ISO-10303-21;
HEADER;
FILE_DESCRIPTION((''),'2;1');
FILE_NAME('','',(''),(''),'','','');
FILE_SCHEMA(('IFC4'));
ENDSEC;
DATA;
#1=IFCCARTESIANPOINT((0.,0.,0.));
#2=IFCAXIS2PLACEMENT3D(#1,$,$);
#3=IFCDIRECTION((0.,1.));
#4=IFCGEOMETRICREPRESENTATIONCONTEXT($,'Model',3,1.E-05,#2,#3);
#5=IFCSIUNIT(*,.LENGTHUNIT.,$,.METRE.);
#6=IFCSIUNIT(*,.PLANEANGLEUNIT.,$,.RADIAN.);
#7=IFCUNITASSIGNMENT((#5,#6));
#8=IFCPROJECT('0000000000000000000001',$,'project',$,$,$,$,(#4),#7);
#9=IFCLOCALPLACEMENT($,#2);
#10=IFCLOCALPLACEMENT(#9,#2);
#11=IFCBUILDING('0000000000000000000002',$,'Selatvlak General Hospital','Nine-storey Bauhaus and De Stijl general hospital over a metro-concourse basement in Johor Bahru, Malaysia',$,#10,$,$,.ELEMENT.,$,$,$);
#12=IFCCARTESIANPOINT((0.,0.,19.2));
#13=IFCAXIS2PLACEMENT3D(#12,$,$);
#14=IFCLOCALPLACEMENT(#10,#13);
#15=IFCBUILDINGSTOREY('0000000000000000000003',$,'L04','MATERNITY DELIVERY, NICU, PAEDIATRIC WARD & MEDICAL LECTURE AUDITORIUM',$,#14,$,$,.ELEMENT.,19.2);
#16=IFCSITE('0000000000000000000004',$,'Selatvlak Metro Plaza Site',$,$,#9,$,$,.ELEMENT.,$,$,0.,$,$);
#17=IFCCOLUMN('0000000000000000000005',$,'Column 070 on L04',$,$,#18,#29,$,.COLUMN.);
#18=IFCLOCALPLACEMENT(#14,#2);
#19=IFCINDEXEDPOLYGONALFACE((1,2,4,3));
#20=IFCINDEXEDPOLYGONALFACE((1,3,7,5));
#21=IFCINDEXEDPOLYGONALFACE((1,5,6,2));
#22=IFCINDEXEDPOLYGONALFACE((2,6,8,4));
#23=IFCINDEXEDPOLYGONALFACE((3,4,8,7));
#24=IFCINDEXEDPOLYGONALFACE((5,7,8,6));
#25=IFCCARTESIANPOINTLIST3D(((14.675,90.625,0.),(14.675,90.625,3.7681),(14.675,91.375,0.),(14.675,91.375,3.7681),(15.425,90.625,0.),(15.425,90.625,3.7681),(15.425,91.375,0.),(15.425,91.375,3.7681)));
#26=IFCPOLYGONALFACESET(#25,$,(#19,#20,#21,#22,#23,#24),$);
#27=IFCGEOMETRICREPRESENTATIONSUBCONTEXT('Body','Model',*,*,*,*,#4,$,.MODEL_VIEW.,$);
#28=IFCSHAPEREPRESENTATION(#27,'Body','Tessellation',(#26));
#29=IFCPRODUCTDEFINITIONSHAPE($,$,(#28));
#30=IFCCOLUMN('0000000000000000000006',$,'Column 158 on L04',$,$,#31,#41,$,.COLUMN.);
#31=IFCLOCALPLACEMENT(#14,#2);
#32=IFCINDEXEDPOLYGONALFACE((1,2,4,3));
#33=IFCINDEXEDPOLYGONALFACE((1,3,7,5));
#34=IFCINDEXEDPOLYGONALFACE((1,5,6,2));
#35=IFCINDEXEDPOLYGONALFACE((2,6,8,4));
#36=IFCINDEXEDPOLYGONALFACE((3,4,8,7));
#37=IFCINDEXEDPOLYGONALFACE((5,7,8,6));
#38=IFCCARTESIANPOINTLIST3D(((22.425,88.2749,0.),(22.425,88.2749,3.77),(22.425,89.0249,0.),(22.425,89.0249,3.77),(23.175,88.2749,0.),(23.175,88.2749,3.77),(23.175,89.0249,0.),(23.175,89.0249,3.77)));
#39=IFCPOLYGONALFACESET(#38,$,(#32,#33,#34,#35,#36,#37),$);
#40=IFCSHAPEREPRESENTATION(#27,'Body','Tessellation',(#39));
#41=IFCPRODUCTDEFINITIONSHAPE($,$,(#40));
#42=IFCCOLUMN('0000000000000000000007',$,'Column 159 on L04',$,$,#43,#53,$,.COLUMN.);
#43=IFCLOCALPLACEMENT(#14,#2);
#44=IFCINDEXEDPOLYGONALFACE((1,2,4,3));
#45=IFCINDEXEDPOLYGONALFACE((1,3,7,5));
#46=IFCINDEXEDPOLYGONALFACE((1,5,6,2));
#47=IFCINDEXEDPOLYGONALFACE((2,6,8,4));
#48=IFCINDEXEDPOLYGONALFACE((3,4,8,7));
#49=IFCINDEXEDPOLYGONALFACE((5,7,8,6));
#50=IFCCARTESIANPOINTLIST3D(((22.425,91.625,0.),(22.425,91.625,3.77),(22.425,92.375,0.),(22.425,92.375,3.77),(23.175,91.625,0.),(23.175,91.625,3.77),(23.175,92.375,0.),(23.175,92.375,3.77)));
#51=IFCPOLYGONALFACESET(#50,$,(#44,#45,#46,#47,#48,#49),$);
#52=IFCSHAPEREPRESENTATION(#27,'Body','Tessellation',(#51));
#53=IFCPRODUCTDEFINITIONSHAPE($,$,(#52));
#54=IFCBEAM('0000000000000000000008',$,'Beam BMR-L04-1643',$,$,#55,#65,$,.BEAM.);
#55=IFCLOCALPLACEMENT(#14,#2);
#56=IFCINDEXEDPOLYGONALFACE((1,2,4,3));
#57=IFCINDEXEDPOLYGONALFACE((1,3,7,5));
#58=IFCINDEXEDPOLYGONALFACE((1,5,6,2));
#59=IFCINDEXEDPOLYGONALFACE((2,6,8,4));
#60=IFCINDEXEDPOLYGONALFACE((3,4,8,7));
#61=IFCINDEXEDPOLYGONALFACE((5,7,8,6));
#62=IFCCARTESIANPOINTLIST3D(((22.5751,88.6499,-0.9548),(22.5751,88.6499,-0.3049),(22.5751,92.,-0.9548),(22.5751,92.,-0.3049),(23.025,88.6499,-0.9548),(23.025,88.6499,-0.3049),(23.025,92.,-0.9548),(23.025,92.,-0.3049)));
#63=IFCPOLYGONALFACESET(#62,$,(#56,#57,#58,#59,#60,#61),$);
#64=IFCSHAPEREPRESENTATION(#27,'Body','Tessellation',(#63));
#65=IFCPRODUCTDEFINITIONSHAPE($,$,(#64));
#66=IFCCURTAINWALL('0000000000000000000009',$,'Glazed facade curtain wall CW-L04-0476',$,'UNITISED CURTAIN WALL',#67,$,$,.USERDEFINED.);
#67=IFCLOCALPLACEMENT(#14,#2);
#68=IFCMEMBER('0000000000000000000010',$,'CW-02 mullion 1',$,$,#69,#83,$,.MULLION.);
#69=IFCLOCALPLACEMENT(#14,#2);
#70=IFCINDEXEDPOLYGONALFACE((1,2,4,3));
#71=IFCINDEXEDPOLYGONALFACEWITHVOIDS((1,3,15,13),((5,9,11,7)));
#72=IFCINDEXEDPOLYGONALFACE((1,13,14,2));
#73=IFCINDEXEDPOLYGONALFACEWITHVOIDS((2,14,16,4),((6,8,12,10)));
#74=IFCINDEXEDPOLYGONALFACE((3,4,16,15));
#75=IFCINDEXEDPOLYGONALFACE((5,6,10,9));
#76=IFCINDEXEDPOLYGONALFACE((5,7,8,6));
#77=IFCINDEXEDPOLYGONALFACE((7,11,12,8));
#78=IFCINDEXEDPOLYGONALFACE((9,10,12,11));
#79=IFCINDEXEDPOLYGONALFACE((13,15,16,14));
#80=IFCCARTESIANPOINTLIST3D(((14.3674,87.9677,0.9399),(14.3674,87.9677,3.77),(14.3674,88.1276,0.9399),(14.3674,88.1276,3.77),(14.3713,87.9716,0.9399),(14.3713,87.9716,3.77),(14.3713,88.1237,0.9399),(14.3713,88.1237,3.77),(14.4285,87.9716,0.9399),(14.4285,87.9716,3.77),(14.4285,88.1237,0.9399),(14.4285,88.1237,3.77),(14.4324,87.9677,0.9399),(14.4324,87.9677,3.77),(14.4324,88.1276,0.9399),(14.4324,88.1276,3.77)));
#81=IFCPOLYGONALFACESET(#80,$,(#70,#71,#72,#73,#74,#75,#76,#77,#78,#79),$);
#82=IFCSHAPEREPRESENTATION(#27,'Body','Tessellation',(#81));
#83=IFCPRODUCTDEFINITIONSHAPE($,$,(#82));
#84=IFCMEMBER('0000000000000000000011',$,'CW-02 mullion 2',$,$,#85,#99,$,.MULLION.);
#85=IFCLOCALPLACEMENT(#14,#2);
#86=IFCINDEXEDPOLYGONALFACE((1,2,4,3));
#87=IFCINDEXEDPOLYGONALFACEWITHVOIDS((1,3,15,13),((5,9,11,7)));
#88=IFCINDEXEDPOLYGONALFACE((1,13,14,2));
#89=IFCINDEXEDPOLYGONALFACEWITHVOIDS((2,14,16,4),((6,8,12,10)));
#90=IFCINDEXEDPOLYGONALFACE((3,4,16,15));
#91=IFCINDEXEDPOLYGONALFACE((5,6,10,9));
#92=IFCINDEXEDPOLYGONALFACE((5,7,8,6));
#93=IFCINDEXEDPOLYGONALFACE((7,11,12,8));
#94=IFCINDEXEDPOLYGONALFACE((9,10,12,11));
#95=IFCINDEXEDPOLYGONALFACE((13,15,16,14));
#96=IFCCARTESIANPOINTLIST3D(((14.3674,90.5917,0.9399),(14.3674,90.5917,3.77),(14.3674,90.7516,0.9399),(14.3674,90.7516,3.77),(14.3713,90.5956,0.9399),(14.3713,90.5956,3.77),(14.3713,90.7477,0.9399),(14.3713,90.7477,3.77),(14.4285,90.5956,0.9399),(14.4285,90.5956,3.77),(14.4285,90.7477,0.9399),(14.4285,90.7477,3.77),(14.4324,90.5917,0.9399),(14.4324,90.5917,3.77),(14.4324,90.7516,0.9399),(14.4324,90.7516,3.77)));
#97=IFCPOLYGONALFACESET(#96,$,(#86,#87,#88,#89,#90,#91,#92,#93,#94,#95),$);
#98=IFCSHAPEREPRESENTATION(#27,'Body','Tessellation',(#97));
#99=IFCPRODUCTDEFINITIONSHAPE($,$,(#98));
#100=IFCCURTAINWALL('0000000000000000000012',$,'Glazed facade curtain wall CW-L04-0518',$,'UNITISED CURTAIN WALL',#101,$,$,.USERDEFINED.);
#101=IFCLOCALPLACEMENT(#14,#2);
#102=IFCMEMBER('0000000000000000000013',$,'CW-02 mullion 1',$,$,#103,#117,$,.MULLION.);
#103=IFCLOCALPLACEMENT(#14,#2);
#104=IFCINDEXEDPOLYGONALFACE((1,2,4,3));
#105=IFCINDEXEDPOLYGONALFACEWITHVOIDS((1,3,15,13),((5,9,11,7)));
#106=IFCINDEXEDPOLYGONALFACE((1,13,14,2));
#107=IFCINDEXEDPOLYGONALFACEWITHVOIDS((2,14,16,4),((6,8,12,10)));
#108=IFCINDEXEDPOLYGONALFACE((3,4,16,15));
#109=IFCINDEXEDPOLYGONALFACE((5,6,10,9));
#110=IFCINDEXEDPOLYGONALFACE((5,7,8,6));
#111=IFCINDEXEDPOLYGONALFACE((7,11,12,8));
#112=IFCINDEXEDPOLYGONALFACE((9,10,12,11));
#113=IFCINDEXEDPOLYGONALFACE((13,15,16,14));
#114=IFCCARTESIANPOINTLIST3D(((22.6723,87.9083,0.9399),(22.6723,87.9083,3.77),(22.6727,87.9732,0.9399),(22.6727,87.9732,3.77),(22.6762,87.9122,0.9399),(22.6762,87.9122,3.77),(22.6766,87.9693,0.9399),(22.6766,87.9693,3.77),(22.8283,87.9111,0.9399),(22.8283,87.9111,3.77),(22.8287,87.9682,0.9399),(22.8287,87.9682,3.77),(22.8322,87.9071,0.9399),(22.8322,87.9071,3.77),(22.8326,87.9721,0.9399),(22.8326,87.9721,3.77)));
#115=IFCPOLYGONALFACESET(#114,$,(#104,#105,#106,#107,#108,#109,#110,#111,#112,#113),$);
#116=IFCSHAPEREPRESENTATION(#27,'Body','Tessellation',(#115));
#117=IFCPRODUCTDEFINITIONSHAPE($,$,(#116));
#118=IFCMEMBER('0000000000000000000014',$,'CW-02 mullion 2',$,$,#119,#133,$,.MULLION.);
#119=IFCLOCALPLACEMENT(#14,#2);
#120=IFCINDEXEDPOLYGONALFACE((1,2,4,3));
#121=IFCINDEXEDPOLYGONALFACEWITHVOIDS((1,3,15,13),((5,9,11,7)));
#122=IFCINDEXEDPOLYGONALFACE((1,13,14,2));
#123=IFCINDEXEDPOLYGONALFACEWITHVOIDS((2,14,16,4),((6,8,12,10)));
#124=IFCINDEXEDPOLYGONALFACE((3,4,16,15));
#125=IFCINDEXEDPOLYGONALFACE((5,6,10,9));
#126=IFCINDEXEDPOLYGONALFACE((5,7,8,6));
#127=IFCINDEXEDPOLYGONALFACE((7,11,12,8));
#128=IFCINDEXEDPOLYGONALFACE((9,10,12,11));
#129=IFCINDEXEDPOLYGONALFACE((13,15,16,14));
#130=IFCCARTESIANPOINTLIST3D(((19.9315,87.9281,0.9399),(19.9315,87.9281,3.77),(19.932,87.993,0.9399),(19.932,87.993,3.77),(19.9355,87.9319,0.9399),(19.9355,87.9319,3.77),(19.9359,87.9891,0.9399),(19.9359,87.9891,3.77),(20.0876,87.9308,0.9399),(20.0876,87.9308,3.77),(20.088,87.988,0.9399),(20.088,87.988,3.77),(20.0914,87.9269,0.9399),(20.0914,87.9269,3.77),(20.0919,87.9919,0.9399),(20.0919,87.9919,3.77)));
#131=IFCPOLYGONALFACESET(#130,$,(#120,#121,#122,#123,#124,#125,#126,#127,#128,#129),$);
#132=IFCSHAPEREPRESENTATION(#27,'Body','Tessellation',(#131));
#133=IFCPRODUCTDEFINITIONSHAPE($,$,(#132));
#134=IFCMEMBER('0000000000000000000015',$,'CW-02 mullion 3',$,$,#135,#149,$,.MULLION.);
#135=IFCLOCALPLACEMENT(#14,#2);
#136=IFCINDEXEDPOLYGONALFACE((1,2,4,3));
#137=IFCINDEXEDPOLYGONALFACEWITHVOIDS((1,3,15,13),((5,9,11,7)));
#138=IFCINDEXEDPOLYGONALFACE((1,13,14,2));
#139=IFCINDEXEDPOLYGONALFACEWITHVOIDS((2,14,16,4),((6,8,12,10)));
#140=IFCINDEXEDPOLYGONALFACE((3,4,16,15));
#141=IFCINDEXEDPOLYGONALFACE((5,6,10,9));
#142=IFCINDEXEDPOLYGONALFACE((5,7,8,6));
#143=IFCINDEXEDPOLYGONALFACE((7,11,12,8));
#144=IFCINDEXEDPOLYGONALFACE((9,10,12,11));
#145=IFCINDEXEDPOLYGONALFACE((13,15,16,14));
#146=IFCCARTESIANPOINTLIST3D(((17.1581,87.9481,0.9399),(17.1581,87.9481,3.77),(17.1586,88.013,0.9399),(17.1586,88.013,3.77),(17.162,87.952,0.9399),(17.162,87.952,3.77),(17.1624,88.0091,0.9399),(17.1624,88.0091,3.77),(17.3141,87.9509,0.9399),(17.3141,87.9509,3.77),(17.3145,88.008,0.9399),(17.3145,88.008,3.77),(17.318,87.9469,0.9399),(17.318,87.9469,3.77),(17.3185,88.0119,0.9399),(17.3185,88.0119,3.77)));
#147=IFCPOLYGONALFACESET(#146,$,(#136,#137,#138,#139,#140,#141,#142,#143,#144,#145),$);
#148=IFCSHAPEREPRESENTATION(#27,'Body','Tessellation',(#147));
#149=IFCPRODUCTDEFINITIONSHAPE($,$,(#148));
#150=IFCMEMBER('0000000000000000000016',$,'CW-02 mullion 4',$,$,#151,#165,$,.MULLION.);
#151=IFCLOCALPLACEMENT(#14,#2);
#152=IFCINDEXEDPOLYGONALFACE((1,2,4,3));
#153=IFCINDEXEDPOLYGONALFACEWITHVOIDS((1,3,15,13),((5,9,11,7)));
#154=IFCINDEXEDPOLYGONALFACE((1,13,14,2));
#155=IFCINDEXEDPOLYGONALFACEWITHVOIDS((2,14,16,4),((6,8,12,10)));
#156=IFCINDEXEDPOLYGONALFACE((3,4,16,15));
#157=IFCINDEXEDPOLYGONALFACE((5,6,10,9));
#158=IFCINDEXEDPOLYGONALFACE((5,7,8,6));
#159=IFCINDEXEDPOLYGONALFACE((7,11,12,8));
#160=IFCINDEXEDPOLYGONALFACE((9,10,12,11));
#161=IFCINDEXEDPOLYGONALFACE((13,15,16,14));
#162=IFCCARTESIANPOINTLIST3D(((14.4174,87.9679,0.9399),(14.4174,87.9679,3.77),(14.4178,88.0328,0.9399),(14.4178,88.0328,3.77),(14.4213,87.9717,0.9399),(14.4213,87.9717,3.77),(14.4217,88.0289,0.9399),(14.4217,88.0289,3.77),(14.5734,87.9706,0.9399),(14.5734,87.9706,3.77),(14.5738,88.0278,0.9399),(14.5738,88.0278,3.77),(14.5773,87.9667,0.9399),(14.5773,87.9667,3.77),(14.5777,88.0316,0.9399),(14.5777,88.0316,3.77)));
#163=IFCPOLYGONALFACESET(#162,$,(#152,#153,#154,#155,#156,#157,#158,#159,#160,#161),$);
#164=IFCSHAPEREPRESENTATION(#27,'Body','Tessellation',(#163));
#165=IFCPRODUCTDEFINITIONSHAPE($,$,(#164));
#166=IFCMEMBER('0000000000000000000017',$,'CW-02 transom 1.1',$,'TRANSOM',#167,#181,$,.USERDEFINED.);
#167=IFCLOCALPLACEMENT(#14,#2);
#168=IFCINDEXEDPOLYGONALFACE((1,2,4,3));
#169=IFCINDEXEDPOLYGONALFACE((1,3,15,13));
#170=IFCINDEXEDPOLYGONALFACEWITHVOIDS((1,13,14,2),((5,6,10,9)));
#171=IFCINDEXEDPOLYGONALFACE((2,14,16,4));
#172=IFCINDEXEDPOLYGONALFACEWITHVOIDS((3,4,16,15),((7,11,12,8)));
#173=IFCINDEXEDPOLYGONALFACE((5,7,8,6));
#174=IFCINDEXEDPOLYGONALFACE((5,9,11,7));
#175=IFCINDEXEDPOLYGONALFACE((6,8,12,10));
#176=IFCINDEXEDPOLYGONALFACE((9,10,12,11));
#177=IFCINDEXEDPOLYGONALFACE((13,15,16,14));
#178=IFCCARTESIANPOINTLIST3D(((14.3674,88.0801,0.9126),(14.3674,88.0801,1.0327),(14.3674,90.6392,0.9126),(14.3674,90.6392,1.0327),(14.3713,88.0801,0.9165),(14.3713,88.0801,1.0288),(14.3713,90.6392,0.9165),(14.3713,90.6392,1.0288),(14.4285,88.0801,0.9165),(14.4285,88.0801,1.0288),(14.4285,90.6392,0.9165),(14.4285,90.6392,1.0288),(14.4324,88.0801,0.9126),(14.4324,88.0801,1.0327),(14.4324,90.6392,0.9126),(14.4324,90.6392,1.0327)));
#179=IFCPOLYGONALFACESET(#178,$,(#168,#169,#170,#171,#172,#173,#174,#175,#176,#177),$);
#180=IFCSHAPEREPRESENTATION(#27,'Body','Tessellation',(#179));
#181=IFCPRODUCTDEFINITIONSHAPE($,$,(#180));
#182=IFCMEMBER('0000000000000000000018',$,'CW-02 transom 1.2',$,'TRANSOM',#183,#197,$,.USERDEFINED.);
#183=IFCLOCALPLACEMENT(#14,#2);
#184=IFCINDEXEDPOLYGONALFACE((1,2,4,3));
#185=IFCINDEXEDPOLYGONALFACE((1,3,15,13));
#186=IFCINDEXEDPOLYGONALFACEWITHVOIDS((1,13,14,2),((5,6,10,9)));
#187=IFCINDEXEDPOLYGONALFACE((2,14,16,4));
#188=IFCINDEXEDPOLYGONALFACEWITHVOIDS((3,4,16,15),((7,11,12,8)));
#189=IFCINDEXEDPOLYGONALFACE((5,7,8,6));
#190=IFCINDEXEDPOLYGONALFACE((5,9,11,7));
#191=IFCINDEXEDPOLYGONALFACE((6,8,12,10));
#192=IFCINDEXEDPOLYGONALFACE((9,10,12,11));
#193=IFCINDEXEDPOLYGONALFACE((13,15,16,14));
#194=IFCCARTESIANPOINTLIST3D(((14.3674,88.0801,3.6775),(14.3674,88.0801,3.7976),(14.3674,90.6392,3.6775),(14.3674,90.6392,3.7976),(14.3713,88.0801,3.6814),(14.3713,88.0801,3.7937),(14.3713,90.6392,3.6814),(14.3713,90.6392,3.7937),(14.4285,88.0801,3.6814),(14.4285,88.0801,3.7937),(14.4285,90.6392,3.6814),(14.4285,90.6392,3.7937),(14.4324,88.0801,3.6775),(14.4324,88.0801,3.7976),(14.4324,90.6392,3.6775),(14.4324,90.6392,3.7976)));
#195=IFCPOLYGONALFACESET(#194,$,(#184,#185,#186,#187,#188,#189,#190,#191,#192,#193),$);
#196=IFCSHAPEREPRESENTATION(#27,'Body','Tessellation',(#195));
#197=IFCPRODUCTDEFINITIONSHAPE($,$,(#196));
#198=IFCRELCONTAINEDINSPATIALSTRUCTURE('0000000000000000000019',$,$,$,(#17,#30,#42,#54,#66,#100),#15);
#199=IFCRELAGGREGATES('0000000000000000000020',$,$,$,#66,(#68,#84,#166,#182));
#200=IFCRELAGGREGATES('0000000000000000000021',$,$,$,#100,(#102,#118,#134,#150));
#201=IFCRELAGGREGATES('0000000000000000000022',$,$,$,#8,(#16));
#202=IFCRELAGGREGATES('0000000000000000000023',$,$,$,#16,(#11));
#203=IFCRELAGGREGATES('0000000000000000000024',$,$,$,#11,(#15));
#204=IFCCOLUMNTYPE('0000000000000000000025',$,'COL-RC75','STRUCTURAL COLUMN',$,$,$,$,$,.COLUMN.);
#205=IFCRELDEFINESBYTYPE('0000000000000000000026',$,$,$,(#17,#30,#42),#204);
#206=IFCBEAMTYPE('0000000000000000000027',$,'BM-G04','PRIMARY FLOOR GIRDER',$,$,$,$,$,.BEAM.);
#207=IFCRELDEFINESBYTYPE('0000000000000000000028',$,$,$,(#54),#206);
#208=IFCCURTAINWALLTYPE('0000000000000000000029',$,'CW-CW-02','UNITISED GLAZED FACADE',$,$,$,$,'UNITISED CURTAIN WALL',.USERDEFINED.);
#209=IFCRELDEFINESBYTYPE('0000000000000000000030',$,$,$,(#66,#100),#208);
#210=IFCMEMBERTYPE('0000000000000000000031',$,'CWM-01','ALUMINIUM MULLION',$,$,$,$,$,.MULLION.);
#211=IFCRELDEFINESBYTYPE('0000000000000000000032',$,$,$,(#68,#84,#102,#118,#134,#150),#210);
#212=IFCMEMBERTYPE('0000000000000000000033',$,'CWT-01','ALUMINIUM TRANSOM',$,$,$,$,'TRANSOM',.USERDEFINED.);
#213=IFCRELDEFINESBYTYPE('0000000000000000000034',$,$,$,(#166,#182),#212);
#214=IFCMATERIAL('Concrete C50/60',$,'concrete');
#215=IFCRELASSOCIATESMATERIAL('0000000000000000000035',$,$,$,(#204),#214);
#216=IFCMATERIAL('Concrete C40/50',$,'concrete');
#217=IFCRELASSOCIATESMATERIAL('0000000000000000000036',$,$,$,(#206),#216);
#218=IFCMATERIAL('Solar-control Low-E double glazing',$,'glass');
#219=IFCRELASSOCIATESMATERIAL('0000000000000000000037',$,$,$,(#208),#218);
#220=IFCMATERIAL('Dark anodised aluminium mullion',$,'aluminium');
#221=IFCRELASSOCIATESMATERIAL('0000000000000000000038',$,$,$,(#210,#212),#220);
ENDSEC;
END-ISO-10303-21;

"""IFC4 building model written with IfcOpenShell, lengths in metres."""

from ifc_helpers import new_model, si_unit, direction, frame, origin, origin_2d, place, context, subcontext, project, spatial, rectangle, hollow_rectangle, extrude, material, material_profile, profile_set, type_object, element, aggregate, save


model = new_model("IFC4")

# Units and contexts
model_context = context("Model", 3, precision=1e-05, world=origin(), true_north=direction((0.0, 1.0)))
body_context = subcontext(model_context, "Body", "Model", "MODEL_VIEW")
ifc_project = project(units=[si_unit("LENGTHUNIT", "METRE"), si_unit("PLANEANGLEUNIT", "RADIAN")], contexts=[model_context])

# Site, building, storey
site_placement = place(None, origin())
site = spatial("IfcSite", under=ifc_project, at=site_placement, Name="Selatvlak Metro Plaza Site", CompositionType="ELEMENT", RefElevation=0.0)
building_placement = place(site_placement, origin())
building = spatial("IfcBuilding", under=site, at=building_placement, Name="Selatvlak General Hospital", Description="Nine-storey Bauhaus and De Stijl general hospital over a metro-concourse basement in Johor Bahru, Malaysia", CompositionType="ELEMENT")
storey_placement = place(building_placement, frame((0.0, 0.0, 19.2)))
storey = spatial("IfcBuildingStorey", under=building, at=storey_placement, Name="L04", Description="MATERNITY DELIVERY, NICU, PAEDIATRIC WARD & MEDICAL LECTURE AUDITORIUM", CompositionType="ELEMENT", Elevation=19.2)

# Columns
ifc_material_1 = material(Name="Concrete C50/60", Category="concrete")
ifc_material_profile_1 = material_profile(ifc_material_1, rectangle(XDim=0.75, YDim=0.75, at=origin_2d()), Name="RC-COL 750x750")
ifc_profile_set_1 = profile_set([ifc_material_profile_1], Name="Concrete C50/60")
column_type = type_object("IfcColumnType", Name="COL-RC75", Description="STRUCTURAL COLUMN", PredefinedType="COLUMN", material=ifc_profile_set_1)
column_placement = place(storey_placement, frame((15.05, 91.0, 0.0), z_axis=(0.0, 0.0, 1.0), x_axis=(1.0, 0.0, 0.0)))
element("IfcColumn", 1, at=column_placement, inside=storey, type_object=column_type, Name="Column 070 on L04", PredefinedType="COLUMN", context=body_context, shape_type="SweptSolid", body=[
    extrude(rectangle(XDim=0.75, YDim=0.75, at=origin_2d()), origin(), (0.0, 0.0, 1.0), 3.7681),
])
for number, where, z_axis, x_axis, name in (
    (2, (22.8, 88.6499, 0.0), (0.0, 0.0, 1.0), (1.0, 0.0, 0.0), "Column 158 on L04"),
    (3, (22.8, 92.0, 0.0), (0.0, 0.0, 1.0), (1.0, 0.0, 0.0), "Column 159 on L04"),
):
    element("IfcColumn", number, at=place(storey_placement, frame(where, z_axis=z_axis, x_axis=x_axis)), inside=storey, type_object=column_type, Name=name, PredefinedType="COLUMN", context=body_context, shape_type="SweptSolid", body=[
        extrude(rectangle(XDim=0.75, YDim=0.75, at=origin_2d()), origin(), (0.0, 0.0, 1.0), 3.77),
    ])

# Beam
ifc_material_2 = material(Name="Concrete C40/50", Category="concrete")
ifc_material_profile_2 = material_profile(ifc_material_2, rectangle(XDim=0.45, YDim=0.6499, at=origin_2d()), Name="RC-BM 450x650")
ifc_profile_set_2 = profile_set([ifc_material_profile_2], Name="Concrete C40/50")
beam_type = type_object("IfcBeamType", Name="BM-G04", Description="PRIMARY FLOOR GIRDER", PredefinedType="BEAM", material=ifc_profile_set_2)
beam_placement = place(storey_placement, frame((22.8, 88.6499, -0.6299), z_axis=(0.0, 1.0, 0.0), x_axis=(-1.0, 0.0, 0.0)))
element("IfcBeam", 4, at=beam_placement, inside=storey, type_object=beam_type, Name="Beam BMR-L04-1643", PredefinedType="BEAM", context=body_context, shape_type="SweptSolid", body=[
    extrude(rectangle(XDim=0.45, YDim=0.6499, at=origin_2d()), origin(), (0.0, 0.0, 1.0), 3.3501),
])

# Curtain walls, members
ifc_material_3 = material(Name="Solar-control Low-E double glazing", Category="glass")
curtain_wall_type = type_object("IfcCurtainWallType", Name="CW-CW-02", Description="UNITISED GLAZED FACADE", ElementType="UNITISED CURTAIN WALL", PredefinedType="USERDEFINED", material=ifc_material_3)
curtain_wall_1_placement = place(storey_placement, origin())
curtain_wall_1 = element("IfcCurtainWall", 5, at=curtain_wall_1_placement, inside=storey, type_object=curtain_wall_type, Name="Glazed facade curtain wall CW-L04-0476", ObjectType="UNITISED CURTAIN WALL", PredefinedType="USERDEFINED")
ifc_material_4 = material(Name="Dark anodised aluminium mullion", Category="aluminium")
ifc_material_profile_3 = material_profile(ifc_material_4, hollow_rectangle(XDim=0.0649, YDim=0.1599, WallThickness=0.0039, at=origin_2d()), Name="AL-MUL 65x160x4")
ifc_profile_set_3 = profile_set([ifc_material_profile_3], Name="Dark anodised aluminium mullion")
member_type_1 = type_object("IfcMemberType", Name="CWM-01", Description="ALUMINIUM MULLION", PredefinedType="MULLION", material=ifc_profile_set_3)
member_1_placement = place(storey_placement, frame((14.3999, 88.0476, 0.9399), z_axis=(0.0, 0.0, 1.0), x_axis=(-1.0, 0.0, 0.0)))
member_1 = element("IfcMember", 6, at=member_1_placement, type_object=member_type_1, Name="CW-02 mullion 1", PredefinedType="MULLION", context=body_context, shape_type="SweptSolid", body=[
    extrude(hollow_rectangle(XDim=0.0649, YDim=0.1599, WallThickness=0.0039, at=origin_2d()), origin(), (0.0, 0.0, 1.0), 2.8301),
])
member_2_placement = place(storey_placement, frame((14.3999, 90.6716, 0.9399), z_axis=(0.0, 0.0, 1.0), x_axis=(-1.0, 0.0, 0.0)))
member_2 = element("IfcMember", 7, at=member_2_placement, type_object=member_type_1, Name="CW-02 mullion 2", PredefinedType="MULLION", context=body_context, shape_type="SweptSolid", body=[
    extrude(hollow_rectangle(XDim=0.0649, YDim=0.1599, WallThickness=0.0039, at=origin_2d()), origin(), (0.0, 0.0, 1.0), 2.8301),
])
curtain_wall_2_placement = place(storey_placement, origin())
curtain_wall_2 = element("IfcCurtainWall", 8, at=curtain_wall_2_placement, inside=storey, type_object=curtain_wall_type, Name="Glazed facade curtain wall CW-L04-0518", ObjectType="UNITISED CURTAIN WALL", PredefinedType="USERDEFINED")
member_3_placement = place(storey_placement, frame((22.7524, 87.9402, 0.9399), z_axis=(0.0, 0.0, 1.0), x_axis=(-0.007211, -0.999974, 0.0)))
member_3 = element("IfcMember", 9, at=member_3_placement, type_object=member_type_1, Name="CW-02 mullion 1", PredefinedType="MULLION", context=body_context, shape_type="SweptSolid", body=[
    extrude(hollow_rectangle(XDim=0.0649, YDim=0.1599, WallThickness=0.0039, at=origin_2d()), origin(), (0.0, 0.0, 1.0), 2.8301),
])
member_4_placement = place(storey_placement, frame((20.0117, 87.96, 0.9399), z_axis=(0.0, 0.0, 1.0), x_axis=(-0.007211, -0.999974, 0.0)))
member_4 = element("IfcMember", 10, at=member_4_placement, type_object=member_type_1, Name="CW-02 mullion 2", PredefinedType="MULLION", context=body_context, shape_type="SweptSolid", body=[
    extrude(hollow_rectangle(XDim=0.0649, YDim=0.1599, WallThickness=0.0039, at=origin_2d()), origin(), (0.0, 0.0, 1.0), 2.8301),
])
member_5_placement = place(storey_placement, frame((17.2383, 87.98, 0.9399), z_axis=(0.0, 0.0, 1.0), x_axis=(-0.007211, -0.999974, 0.0)))
member_5 = element("IfcMember", 11, at=member_5_placement, type_object=member_type_1, Name="CW-02 mullion 3", PredefinedType="MULLION", context=body_context, shape_type="SweptSolid", body=[
    extrude(hollow_rectangle(XDim=0.0649, YDim=0.1599, WallThickness=0.0039, at=origin_2d()), origin(), (0.0, 0.0, 1.0), 2.8301),
])
member_6_placement = place(storey_placement, frame((14.4976, 87.9998, 0.9399), z_axis=(0.0, 0.0, 1.0), x_axis=(-0.007211, -0.999974, 0.0)))
member_6 = element("IfcMember", 12, at=member_6_placement, type_object=member_type_1, Name="CW-02 mullion 4", PredefinedType="MULLION", context=body_context, shape_type="SweptSolid", body=[
    extrude(hollow_rectangle(XDim=0.0649, YDim=0.1599, WallThickness=0.0039, at=origin_2d()), origin(), (0.0, 0.0, 1.0), 2.8301),
])

# Members
ifc_material_profile_4 = material_profile(ifc_material_4, hollow_rectangle(XDim=0.0649, YDim=0.1201, WallThickness=0.0039, at=origin_2d()), Name="AL-TRN 65x120x4")
ifc_profile_set_4 = profile_set([ifc_material_profile_4], Name="Dark anodised aluminium mullion")
member_type_2 = type_object("IfcMemberType", Name="CWT-01", Description="ALUMINIUM TRANSOM", ElementType="TRANSOM", PredefinedType="USERDEFINED", material=ifc_profile_set_4)
member_7_placement = place(storey_placement, frame((14.3999, 88.0801, 0.9727), z_axis=(0.0, 1.0, 0.0), x_axis=(-1.0, 0.0, 0.0)))
member_7 = element("IfcMember", 13, at=member_7_placement, type_object=member_type_2, Name="CW-02 transom 1.1", ObjectType="TRANSOM", PredefinedType="USERDEFINED", context=body_context, shape_type="SweptSolid", body=[
    extrude(hollow_rectangle(XDim=0.0649, YDim=0.1201, WallThickness=0.0039, at=origin_2d()), origin(), (0.0, 0.0, 1.0), 2.5591),
])
member_8_placement = place(storey_placement, frame((14.3999, 88.0801, 3.7375), z_axis=(0.0, 1.0, 0.0), x_axis=(-1.0, 0.0, 0.0)))
member_8 = element("IfcMember", 14, at=member_8_placement, type_object=member_type_2, Name="CW-02 transom 1.2", ObjectType="TRANSOM", PredefinedType="USERDEFINED", context=body_context, shape_type="SweptSolid", body=[
    extrude(hollow_rectangle(XDim=0.0649, YDim=0.1201, WallThickness=0.0039, at=origin_2d()), origin(), (0.0, 0.0, 1.0), 2.5591),
])

aggregate(curtain_wall_1, [member_1, member_2, member_7, member_8])
aggregate(curtain_wall_2, [member_3, member_4, member_5, member_6])

save(model, "model.ifc")
